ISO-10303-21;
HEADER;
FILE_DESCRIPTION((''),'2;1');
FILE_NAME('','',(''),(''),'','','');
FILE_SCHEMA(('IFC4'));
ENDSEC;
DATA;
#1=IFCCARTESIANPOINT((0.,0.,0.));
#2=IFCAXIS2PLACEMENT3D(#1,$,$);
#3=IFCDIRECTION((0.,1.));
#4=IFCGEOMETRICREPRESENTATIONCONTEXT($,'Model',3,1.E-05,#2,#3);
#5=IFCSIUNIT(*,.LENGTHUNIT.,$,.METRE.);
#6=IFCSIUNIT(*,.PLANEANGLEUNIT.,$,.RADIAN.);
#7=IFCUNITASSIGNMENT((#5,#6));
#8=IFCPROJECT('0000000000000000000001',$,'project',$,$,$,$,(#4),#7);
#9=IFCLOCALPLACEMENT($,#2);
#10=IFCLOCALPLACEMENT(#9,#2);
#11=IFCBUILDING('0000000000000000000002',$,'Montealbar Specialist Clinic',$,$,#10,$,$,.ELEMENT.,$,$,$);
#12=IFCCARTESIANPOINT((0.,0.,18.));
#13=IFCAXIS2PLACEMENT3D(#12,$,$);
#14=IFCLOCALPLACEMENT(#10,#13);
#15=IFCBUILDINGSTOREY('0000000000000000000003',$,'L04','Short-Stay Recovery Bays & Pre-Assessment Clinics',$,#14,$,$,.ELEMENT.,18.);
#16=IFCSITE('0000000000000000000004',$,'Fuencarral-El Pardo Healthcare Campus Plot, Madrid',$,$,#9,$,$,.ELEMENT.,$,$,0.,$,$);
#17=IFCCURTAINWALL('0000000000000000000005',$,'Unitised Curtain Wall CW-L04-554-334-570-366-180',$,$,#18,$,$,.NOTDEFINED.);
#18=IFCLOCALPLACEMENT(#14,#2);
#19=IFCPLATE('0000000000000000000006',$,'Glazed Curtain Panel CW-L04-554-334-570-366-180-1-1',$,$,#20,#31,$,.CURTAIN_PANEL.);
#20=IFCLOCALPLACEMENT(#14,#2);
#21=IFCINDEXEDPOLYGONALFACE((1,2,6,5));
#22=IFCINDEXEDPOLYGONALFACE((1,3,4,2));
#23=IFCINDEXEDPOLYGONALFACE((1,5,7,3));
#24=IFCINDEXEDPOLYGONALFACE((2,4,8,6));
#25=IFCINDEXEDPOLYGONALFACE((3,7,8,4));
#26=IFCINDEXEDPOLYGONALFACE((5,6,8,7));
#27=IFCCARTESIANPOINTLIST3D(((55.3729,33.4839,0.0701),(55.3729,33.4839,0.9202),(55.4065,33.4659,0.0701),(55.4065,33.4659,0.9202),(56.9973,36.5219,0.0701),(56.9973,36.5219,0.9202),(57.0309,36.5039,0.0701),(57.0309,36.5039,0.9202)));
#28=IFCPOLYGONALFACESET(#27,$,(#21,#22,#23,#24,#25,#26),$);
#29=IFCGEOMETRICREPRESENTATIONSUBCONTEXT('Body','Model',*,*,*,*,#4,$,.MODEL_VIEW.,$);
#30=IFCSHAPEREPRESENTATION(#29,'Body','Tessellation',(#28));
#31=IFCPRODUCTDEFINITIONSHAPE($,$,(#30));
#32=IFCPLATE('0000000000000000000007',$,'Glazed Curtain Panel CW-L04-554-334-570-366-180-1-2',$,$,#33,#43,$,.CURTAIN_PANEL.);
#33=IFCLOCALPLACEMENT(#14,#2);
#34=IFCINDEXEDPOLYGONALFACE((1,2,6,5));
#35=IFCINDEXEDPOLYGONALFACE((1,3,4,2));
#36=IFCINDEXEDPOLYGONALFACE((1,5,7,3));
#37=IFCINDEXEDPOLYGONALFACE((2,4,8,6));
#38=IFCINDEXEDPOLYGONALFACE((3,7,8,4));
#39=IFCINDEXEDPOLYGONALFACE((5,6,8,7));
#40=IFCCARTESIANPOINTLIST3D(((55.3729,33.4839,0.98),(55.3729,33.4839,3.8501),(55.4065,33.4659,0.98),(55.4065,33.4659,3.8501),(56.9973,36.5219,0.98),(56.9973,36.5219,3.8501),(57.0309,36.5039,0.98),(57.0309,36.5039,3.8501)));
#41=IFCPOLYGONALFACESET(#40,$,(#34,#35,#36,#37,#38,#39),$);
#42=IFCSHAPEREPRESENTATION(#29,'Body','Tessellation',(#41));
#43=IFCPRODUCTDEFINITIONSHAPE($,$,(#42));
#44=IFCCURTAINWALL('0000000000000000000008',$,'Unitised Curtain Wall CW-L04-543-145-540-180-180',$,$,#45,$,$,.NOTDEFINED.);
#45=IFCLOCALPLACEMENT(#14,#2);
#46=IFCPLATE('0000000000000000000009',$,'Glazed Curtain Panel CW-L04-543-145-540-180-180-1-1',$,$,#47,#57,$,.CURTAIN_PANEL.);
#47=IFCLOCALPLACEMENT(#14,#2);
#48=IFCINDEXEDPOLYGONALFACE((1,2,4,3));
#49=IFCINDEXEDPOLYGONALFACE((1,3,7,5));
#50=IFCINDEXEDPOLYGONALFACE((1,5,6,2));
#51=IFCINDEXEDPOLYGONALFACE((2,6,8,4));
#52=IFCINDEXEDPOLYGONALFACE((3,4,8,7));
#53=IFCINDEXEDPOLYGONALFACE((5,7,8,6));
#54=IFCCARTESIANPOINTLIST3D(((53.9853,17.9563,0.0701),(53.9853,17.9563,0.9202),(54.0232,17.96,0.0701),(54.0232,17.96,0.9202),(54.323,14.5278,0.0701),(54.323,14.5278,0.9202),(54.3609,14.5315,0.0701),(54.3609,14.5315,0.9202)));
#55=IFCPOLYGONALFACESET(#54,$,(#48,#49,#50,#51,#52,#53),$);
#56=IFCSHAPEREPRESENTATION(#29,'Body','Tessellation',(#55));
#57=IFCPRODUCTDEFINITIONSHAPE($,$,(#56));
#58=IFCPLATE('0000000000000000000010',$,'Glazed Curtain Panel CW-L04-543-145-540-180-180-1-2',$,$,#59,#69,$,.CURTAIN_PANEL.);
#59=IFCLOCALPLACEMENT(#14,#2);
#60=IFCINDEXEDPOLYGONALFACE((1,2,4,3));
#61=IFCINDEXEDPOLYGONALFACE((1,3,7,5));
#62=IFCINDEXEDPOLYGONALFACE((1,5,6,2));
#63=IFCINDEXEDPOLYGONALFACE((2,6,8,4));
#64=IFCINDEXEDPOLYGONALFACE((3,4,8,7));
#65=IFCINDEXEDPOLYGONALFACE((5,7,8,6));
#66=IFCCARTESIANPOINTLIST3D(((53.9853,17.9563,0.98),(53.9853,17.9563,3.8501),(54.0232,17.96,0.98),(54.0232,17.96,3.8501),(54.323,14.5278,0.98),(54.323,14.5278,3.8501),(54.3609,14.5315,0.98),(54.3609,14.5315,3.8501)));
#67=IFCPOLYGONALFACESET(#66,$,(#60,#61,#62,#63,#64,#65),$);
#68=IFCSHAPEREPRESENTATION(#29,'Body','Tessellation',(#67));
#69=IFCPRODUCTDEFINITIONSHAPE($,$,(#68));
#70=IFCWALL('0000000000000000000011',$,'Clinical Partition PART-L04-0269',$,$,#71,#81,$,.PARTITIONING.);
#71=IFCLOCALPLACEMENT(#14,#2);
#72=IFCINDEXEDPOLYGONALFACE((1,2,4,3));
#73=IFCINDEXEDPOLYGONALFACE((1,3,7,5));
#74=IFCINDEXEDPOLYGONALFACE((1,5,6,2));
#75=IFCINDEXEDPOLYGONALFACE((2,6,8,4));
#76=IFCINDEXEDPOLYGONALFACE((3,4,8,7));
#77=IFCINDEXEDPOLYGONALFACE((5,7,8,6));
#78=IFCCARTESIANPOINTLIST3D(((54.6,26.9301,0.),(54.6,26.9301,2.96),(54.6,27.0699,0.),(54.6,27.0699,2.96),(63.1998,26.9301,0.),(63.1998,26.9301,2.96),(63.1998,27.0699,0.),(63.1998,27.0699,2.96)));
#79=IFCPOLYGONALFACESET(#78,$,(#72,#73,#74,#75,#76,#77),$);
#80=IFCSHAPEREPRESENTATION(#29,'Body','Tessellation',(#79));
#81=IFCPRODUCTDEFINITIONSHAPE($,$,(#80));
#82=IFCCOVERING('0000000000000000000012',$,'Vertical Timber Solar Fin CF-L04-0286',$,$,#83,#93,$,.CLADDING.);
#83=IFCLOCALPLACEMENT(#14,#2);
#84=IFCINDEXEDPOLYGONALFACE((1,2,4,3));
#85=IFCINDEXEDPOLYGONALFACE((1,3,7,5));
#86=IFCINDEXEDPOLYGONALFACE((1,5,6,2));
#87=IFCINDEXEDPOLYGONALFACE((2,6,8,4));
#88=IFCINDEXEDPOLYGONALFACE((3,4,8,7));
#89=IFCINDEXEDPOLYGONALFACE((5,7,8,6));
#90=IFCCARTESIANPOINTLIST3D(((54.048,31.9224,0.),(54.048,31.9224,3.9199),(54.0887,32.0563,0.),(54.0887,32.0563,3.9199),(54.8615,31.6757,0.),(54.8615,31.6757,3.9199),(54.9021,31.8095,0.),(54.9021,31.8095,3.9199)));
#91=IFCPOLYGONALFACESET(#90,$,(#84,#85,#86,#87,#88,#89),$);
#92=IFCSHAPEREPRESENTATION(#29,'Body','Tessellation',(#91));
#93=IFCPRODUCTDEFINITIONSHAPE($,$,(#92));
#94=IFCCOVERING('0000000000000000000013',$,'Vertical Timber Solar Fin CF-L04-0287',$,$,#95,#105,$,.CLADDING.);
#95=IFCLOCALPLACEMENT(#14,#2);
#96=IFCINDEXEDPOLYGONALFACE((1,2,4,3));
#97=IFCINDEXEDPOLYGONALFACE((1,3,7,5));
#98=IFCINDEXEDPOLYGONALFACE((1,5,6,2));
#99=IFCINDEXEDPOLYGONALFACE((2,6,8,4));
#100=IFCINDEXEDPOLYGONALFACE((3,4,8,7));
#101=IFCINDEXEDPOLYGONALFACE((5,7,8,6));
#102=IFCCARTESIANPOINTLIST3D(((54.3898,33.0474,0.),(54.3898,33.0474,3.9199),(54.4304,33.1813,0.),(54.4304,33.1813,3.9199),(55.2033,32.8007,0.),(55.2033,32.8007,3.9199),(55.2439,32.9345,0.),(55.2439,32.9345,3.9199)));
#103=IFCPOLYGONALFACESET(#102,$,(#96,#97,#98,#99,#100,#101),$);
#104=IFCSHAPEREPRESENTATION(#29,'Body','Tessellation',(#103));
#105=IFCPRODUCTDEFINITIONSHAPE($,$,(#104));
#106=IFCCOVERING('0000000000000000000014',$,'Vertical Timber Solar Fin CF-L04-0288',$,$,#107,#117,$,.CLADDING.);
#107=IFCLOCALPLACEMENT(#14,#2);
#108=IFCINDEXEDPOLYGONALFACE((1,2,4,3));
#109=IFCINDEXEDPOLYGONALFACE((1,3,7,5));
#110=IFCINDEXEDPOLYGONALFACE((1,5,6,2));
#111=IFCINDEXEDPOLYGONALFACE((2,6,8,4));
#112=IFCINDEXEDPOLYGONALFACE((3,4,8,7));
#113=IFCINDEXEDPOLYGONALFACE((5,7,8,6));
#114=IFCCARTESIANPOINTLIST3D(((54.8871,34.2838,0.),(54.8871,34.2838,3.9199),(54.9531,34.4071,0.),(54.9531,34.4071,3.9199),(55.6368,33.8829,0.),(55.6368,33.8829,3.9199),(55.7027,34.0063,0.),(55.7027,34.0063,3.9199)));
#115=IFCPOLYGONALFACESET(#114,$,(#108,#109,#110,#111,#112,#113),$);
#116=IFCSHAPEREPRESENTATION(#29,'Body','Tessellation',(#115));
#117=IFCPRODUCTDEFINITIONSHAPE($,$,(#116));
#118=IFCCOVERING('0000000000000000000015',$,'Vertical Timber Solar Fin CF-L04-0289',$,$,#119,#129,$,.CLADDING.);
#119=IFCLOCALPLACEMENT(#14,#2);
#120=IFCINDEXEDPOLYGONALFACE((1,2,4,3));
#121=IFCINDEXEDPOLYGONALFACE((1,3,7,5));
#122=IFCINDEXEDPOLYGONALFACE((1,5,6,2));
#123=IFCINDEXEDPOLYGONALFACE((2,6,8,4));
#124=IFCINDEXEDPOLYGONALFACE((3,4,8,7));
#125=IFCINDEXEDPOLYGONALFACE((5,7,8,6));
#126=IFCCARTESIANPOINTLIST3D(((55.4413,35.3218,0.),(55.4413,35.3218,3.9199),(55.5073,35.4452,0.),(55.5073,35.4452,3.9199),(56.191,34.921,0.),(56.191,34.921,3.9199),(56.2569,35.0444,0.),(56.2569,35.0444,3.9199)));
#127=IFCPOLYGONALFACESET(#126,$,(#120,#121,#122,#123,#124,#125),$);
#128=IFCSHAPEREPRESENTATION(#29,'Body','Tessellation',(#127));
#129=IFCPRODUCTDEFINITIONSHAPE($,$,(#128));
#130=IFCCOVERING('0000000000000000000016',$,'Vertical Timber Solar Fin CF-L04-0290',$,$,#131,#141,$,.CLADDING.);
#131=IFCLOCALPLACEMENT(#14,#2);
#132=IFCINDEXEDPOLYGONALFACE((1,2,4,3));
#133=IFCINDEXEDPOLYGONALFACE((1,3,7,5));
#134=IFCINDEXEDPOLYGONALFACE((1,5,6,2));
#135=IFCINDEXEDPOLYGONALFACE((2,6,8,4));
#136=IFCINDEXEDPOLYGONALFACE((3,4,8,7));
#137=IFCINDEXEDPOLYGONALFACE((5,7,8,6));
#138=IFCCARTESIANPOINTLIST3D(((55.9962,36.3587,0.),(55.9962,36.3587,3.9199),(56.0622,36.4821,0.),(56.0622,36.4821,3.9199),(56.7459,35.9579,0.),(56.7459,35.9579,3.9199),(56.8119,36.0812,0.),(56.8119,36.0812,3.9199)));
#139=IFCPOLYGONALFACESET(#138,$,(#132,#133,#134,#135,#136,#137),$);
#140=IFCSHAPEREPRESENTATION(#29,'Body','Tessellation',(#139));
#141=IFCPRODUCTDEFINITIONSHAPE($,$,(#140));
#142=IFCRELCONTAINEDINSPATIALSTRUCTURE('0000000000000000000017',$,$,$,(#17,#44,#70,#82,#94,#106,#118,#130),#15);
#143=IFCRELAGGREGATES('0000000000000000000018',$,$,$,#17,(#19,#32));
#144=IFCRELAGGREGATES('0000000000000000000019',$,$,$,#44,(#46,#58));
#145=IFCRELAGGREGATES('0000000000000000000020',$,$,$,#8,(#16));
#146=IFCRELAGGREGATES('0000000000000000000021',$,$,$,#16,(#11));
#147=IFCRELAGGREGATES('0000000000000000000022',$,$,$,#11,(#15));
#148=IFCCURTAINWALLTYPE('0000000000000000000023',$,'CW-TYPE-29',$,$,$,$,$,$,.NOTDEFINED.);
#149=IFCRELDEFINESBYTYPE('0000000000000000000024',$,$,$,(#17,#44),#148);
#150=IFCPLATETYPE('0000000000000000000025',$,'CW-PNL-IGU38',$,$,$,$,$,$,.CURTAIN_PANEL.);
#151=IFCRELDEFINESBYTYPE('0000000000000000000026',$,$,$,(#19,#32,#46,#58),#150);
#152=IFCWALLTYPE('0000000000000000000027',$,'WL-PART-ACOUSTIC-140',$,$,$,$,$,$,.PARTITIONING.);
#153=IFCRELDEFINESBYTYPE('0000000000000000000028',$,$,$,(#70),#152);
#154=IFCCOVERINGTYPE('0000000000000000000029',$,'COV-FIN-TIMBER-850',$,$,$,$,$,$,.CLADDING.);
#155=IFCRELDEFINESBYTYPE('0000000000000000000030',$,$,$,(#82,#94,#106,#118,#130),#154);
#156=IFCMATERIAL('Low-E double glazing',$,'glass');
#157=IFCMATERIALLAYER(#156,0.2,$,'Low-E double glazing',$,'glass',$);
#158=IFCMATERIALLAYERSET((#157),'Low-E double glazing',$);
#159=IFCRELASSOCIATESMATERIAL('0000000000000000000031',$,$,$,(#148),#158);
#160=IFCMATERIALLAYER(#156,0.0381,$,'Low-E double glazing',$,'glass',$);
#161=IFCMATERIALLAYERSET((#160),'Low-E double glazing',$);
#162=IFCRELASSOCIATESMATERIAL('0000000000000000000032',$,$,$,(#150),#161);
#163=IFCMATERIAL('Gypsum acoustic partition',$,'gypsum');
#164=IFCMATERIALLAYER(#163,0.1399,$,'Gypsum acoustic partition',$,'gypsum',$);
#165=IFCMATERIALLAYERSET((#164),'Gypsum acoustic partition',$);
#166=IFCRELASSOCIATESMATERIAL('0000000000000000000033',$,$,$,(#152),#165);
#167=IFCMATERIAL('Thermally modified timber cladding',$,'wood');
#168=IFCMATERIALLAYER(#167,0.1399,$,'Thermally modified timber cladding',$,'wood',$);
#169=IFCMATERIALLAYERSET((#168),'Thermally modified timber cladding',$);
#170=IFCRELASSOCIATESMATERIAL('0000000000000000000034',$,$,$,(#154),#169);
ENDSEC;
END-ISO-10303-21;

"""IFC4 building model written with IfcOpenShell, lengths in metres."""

from ifc_helpers import new_model, si_unit, direction, frame, frame_2d, origin, origin_2d, place, context, subcontext, project, spatial, rectangle, extrude, material, layer, layer_set, type_object, element, aggregate, save


model = new_model("IFC4")

# Units and contexts
model_context = context("Model", 3, precision=1e-05, world=origin(), true_north=direction((0.0, 1.0)))
body_context = subcontext(model_context, "Body", "Model", "MODEL_VIEW")
ifc_project = project(units=[si_unit("LENGTHUNIT", "METRE"), si_unit("PLANEANGLEUNIT", "RADIAN")], contexts=[model_context])

# Site, building, storey
site_placement = place(None, origin())
site = spatial("IfcSite", under=ifc_project, at=site_placement, Name="Fuencarral-El Pardo Healthcare Campus Plot, Madrid", CompositionType="ELEMENT", RefElevation=0.0)
building_placement = place(site_placement, origin())
building = spatial("IfcBuilding", under=site, at=building_placement, Name="Montealbar Specialist Clinic", CompositionType="ELEMENT")
storey_placement = place(building_placement, frame((0.0, 0.0, 18.0)))
storey = spatial("IfcBuildingStorey", under=building, at=storey_placement, Name="L04", Description="Short-Stay Recovery Bays & Pre-Assessment Clinics", CompositionType="ELEMENT", Elevation=18.0)

# Shared definitions
ifc_material_1 = material(Name="Low-E double glazing", Category="glass")

# Curtain wall
ifc_layer_1 = layer(ifc_material_1, 0.2, Name="Low-E double glazing", Category="glass")
ifc_layer_set_1 = layer_set([ifc_layer_1], Name="Low-E double glazing")
curtain_wall_type_1 = type_object("IfcCurtainWallType", Name="CW-TYPE-29", PredefinedType="NOTDEFINED", material=ifc_layer_set_1)
curtain_wall_1_placement = place(storey_placement, origin())
curtain_wall_1 = element("IfcCurtainWall", 1, at=curtain_wall_1_placement, inside=storey, type_object=curtain_wall_type_1, Name="Unitised Curtain Wall CW-L04-554-334-570-366-180", PredefinedType="NOTDEFINED")

# Plates
ifc_layer_2 = layer(ifc_material_1, 0.0381, Name="Low-E double glazing", Category="glass")
ifc_layer_set_2 = layer_set([ifc_layer_2], Name="Low-E double glazing")
plate_type = type_object("IfcPlateType", Name="CW-PNL-IGU38", PredefinedType="CURTAIN_PANEL", material=ifc_layer_set_2)
plate_1_placement = place(storey_placement, frame((56.2019, 34.9939, 0.0701), z_axis=(0.0, 0.0, 1.0), x_axis=(0.471529, 0.88185, 0.0)))
plate_1 = element("IfcPlate", 2, at=plate_1_placement, type_object=plate_type, Name="Glazed Curtain Panel CW-L04-554-334-570-366-180-1-1", PredefinedType="CURTAIN_PANEL", context=body_context, shape_type="SweptSolid", body=[
    extrude(rectangle(XDim=3.4451, YDim=0.0381, at=origin_2d()), origin(), (0.0, 0.0, 1.0), 0.8501),
])
plate_2_placement = place(storey_placement, frame((56.2019, 34.9939, 0.98), z_axis=(0.0, 0.0, 1.0), x_axis=(0.471529, 0.88185, 0.0)))
plate_2 = element("IfcPlate", 3, at=plate_2_placement, type_object=plate_type, Name="Glazed Curtain Panel CW-L04-554-334-570-366-180-1-2", PredefinedType="CURTAIN_PANEL", context=body_context, shape_type="SweptSolid", body=[
    extrude(rectangle(XDim=3.4451, YDim=0.0381, at=origin_2d()), origin(), (0.0, 0.0, 1.0), 2.8701),
])
aggregate(curtain_wall_1, [plate_1, plate_2])

# Curtain wall, plates
curtain_wall_2_placement = place(storey_placement, origin())
curtain_wall_2 = element("IfcCurtainWall", 4, at=curtain_wall_2_placement, inside=storey, type_object=curtain_wall_type_1, Name="Unitised Curtain Wall CW-L04-543-145-540-180-180", PredefinedType="NOTDEFINED")
plate_3_placement = place(storey_placement, frame((54.1731, 16.2439, 0.0701), z_axis=(0.0, 0.0, 1.0), x_axis=(-0.098045, 0.995182, 0.0)))
plate_3 = element("IfcPlate", 5, at=plate_3_placement, type_object=plate_type, Name="Glazed Curtain Panel CW-L04-543-145-540-180-180-1-1", PredefinedType="CURTAIN_PANEL", context=body_context, shape_type="SweptSolid", body=[
    extrude(rectangle(XDim=3.4451, YDim=0.0381, at=origin_2d()), origin(), (0.0, 0.0, 1.0), 0.8501),
])
plate_4_placement = place(storey_placement, frame((54.1731, 16.2439, 0.98), z_axis=(0.0, 0.0, 1.0), x_axis=(-0.098045, 0.995182, 0.0)))
plate_4 = element("IfcPlate", 6, at=plate_4_placement, type_object=plate_type, Name="Glazed Curtain Panel CW-L04-543-145-540-180-180-1-2", PredefinedType="CURTAIN_PANEL", context=body_context, shape_type="SweptSolid", body=[
    extrude(rectangle(XDim=3.4451, YDim=0.0381, at=origin_2d()), origin(), (0.0, 0.0, 1.0), 2.8701),
])
aggregate(curtain_wall_2, [plate_3, plate_4])

# Wall
ifc_material_2 = material(Name="Gypsum acoustic partition", Category="gypsum")
ifc_layer_3 = layer(ifc_material_2, 0.1399, Name="Gypsum acoustic partition", Category="gypsum")
ifc_layer_set_3 = layer_set([ifc_layer_3], Name="Gypsum acoustic partition")
wall_type = type_object("IfcWallType", Name="WL-PART-ACOUSTIC-140", PredefinedType="PARTITIONING", material=ifc_layer_set_3)
wall_placement = place(storey_placement, frame((54.6001, 27.0, 0.0), z_axis=(0.0, 0.0, 1.0), x_axis=(1.0, 0.0, 0.0)))
element("IfcWall", 7, at=wall_placement, inside=storey, type_object=wall_type, Name="Clinical Partition PART-L04-0269", PredefinedType="PARTITIONING", context=body_context, shape_type="SweptSolid", body=[
    extrude(rectangle(XDim=8.5999, YDim=0.1399, at=frame_2d((4.2998, 0.0))), origin(), (0.0, 0.0, 1.0), 2.96),
])

# Coverings
ifc_material_3 = material(Name="Thermally modified timber cladding", Category="wood")
ifc_layer_4 = layer(ifc_material_3, 0.1399, Name="Thermally modified timber cladding", Category="wood")
ifc_layer_set_4 = layer_set([ifc_layer_4], Name="Thermally modified timber cladding")
covering_type = type_object("IfcCoveringType", Name="COV-FIN-TIMBER-850", PredefinedType="CLADDING", material=ifc_layer_set_4)
for number, where, z_axis, x_axis, name in (
    (8, (54.4751, 31.866, 0.0), (0.0, 0.0, 1.0), (-0.956948, 0.290259, 0.0), "Vertical Timber Solar Fin CF-L04-0286"),
    (9, (54.8169, 32.991, 0.0), (0.0, 0.0, 1.0), (-0.956948, 0.290259, 0.0), "Vertical Timber Solar Fin CF-L04-0287"),
    (10, (55.2949, 34.145, 0.0), (0.0, 0.0, 1.0), (-0.88185, 0.471529, 0.0), "Vertical Timber Solar Fin CF-L04-0288"),
    (11, (55.8491, 35.1831, 0.0), (0.0, 0.0, 1.0), (-0.88185, 0.471529, 0.0), "Vertical Timber Solar Fin CF-L04-0289"),
    (12, (56.4041, 36.22, 0.0), (0.0, 0.0, 1.0), (-0.88185, 0.471529, 0.0), "Vertical Timber Solar Fin CF-L04-0290"),
):
    element("IfcCovering", number, at=place(storey_placement, frame(where, z_axis=z_axis, x_axis=x_axis)), inside=storey, type_object=covering_type, Name=name, PredefinedType="CLADDING", context=body_context, shape_type="SweptSolid", body=[
        extrude(rectangle(XDim=0.8501, YDim=0.1399, at=origin_2d()), origin(), (0.0, 0.0, 1.0), 3.9199),
    ])

save(model, "model.ifc")
